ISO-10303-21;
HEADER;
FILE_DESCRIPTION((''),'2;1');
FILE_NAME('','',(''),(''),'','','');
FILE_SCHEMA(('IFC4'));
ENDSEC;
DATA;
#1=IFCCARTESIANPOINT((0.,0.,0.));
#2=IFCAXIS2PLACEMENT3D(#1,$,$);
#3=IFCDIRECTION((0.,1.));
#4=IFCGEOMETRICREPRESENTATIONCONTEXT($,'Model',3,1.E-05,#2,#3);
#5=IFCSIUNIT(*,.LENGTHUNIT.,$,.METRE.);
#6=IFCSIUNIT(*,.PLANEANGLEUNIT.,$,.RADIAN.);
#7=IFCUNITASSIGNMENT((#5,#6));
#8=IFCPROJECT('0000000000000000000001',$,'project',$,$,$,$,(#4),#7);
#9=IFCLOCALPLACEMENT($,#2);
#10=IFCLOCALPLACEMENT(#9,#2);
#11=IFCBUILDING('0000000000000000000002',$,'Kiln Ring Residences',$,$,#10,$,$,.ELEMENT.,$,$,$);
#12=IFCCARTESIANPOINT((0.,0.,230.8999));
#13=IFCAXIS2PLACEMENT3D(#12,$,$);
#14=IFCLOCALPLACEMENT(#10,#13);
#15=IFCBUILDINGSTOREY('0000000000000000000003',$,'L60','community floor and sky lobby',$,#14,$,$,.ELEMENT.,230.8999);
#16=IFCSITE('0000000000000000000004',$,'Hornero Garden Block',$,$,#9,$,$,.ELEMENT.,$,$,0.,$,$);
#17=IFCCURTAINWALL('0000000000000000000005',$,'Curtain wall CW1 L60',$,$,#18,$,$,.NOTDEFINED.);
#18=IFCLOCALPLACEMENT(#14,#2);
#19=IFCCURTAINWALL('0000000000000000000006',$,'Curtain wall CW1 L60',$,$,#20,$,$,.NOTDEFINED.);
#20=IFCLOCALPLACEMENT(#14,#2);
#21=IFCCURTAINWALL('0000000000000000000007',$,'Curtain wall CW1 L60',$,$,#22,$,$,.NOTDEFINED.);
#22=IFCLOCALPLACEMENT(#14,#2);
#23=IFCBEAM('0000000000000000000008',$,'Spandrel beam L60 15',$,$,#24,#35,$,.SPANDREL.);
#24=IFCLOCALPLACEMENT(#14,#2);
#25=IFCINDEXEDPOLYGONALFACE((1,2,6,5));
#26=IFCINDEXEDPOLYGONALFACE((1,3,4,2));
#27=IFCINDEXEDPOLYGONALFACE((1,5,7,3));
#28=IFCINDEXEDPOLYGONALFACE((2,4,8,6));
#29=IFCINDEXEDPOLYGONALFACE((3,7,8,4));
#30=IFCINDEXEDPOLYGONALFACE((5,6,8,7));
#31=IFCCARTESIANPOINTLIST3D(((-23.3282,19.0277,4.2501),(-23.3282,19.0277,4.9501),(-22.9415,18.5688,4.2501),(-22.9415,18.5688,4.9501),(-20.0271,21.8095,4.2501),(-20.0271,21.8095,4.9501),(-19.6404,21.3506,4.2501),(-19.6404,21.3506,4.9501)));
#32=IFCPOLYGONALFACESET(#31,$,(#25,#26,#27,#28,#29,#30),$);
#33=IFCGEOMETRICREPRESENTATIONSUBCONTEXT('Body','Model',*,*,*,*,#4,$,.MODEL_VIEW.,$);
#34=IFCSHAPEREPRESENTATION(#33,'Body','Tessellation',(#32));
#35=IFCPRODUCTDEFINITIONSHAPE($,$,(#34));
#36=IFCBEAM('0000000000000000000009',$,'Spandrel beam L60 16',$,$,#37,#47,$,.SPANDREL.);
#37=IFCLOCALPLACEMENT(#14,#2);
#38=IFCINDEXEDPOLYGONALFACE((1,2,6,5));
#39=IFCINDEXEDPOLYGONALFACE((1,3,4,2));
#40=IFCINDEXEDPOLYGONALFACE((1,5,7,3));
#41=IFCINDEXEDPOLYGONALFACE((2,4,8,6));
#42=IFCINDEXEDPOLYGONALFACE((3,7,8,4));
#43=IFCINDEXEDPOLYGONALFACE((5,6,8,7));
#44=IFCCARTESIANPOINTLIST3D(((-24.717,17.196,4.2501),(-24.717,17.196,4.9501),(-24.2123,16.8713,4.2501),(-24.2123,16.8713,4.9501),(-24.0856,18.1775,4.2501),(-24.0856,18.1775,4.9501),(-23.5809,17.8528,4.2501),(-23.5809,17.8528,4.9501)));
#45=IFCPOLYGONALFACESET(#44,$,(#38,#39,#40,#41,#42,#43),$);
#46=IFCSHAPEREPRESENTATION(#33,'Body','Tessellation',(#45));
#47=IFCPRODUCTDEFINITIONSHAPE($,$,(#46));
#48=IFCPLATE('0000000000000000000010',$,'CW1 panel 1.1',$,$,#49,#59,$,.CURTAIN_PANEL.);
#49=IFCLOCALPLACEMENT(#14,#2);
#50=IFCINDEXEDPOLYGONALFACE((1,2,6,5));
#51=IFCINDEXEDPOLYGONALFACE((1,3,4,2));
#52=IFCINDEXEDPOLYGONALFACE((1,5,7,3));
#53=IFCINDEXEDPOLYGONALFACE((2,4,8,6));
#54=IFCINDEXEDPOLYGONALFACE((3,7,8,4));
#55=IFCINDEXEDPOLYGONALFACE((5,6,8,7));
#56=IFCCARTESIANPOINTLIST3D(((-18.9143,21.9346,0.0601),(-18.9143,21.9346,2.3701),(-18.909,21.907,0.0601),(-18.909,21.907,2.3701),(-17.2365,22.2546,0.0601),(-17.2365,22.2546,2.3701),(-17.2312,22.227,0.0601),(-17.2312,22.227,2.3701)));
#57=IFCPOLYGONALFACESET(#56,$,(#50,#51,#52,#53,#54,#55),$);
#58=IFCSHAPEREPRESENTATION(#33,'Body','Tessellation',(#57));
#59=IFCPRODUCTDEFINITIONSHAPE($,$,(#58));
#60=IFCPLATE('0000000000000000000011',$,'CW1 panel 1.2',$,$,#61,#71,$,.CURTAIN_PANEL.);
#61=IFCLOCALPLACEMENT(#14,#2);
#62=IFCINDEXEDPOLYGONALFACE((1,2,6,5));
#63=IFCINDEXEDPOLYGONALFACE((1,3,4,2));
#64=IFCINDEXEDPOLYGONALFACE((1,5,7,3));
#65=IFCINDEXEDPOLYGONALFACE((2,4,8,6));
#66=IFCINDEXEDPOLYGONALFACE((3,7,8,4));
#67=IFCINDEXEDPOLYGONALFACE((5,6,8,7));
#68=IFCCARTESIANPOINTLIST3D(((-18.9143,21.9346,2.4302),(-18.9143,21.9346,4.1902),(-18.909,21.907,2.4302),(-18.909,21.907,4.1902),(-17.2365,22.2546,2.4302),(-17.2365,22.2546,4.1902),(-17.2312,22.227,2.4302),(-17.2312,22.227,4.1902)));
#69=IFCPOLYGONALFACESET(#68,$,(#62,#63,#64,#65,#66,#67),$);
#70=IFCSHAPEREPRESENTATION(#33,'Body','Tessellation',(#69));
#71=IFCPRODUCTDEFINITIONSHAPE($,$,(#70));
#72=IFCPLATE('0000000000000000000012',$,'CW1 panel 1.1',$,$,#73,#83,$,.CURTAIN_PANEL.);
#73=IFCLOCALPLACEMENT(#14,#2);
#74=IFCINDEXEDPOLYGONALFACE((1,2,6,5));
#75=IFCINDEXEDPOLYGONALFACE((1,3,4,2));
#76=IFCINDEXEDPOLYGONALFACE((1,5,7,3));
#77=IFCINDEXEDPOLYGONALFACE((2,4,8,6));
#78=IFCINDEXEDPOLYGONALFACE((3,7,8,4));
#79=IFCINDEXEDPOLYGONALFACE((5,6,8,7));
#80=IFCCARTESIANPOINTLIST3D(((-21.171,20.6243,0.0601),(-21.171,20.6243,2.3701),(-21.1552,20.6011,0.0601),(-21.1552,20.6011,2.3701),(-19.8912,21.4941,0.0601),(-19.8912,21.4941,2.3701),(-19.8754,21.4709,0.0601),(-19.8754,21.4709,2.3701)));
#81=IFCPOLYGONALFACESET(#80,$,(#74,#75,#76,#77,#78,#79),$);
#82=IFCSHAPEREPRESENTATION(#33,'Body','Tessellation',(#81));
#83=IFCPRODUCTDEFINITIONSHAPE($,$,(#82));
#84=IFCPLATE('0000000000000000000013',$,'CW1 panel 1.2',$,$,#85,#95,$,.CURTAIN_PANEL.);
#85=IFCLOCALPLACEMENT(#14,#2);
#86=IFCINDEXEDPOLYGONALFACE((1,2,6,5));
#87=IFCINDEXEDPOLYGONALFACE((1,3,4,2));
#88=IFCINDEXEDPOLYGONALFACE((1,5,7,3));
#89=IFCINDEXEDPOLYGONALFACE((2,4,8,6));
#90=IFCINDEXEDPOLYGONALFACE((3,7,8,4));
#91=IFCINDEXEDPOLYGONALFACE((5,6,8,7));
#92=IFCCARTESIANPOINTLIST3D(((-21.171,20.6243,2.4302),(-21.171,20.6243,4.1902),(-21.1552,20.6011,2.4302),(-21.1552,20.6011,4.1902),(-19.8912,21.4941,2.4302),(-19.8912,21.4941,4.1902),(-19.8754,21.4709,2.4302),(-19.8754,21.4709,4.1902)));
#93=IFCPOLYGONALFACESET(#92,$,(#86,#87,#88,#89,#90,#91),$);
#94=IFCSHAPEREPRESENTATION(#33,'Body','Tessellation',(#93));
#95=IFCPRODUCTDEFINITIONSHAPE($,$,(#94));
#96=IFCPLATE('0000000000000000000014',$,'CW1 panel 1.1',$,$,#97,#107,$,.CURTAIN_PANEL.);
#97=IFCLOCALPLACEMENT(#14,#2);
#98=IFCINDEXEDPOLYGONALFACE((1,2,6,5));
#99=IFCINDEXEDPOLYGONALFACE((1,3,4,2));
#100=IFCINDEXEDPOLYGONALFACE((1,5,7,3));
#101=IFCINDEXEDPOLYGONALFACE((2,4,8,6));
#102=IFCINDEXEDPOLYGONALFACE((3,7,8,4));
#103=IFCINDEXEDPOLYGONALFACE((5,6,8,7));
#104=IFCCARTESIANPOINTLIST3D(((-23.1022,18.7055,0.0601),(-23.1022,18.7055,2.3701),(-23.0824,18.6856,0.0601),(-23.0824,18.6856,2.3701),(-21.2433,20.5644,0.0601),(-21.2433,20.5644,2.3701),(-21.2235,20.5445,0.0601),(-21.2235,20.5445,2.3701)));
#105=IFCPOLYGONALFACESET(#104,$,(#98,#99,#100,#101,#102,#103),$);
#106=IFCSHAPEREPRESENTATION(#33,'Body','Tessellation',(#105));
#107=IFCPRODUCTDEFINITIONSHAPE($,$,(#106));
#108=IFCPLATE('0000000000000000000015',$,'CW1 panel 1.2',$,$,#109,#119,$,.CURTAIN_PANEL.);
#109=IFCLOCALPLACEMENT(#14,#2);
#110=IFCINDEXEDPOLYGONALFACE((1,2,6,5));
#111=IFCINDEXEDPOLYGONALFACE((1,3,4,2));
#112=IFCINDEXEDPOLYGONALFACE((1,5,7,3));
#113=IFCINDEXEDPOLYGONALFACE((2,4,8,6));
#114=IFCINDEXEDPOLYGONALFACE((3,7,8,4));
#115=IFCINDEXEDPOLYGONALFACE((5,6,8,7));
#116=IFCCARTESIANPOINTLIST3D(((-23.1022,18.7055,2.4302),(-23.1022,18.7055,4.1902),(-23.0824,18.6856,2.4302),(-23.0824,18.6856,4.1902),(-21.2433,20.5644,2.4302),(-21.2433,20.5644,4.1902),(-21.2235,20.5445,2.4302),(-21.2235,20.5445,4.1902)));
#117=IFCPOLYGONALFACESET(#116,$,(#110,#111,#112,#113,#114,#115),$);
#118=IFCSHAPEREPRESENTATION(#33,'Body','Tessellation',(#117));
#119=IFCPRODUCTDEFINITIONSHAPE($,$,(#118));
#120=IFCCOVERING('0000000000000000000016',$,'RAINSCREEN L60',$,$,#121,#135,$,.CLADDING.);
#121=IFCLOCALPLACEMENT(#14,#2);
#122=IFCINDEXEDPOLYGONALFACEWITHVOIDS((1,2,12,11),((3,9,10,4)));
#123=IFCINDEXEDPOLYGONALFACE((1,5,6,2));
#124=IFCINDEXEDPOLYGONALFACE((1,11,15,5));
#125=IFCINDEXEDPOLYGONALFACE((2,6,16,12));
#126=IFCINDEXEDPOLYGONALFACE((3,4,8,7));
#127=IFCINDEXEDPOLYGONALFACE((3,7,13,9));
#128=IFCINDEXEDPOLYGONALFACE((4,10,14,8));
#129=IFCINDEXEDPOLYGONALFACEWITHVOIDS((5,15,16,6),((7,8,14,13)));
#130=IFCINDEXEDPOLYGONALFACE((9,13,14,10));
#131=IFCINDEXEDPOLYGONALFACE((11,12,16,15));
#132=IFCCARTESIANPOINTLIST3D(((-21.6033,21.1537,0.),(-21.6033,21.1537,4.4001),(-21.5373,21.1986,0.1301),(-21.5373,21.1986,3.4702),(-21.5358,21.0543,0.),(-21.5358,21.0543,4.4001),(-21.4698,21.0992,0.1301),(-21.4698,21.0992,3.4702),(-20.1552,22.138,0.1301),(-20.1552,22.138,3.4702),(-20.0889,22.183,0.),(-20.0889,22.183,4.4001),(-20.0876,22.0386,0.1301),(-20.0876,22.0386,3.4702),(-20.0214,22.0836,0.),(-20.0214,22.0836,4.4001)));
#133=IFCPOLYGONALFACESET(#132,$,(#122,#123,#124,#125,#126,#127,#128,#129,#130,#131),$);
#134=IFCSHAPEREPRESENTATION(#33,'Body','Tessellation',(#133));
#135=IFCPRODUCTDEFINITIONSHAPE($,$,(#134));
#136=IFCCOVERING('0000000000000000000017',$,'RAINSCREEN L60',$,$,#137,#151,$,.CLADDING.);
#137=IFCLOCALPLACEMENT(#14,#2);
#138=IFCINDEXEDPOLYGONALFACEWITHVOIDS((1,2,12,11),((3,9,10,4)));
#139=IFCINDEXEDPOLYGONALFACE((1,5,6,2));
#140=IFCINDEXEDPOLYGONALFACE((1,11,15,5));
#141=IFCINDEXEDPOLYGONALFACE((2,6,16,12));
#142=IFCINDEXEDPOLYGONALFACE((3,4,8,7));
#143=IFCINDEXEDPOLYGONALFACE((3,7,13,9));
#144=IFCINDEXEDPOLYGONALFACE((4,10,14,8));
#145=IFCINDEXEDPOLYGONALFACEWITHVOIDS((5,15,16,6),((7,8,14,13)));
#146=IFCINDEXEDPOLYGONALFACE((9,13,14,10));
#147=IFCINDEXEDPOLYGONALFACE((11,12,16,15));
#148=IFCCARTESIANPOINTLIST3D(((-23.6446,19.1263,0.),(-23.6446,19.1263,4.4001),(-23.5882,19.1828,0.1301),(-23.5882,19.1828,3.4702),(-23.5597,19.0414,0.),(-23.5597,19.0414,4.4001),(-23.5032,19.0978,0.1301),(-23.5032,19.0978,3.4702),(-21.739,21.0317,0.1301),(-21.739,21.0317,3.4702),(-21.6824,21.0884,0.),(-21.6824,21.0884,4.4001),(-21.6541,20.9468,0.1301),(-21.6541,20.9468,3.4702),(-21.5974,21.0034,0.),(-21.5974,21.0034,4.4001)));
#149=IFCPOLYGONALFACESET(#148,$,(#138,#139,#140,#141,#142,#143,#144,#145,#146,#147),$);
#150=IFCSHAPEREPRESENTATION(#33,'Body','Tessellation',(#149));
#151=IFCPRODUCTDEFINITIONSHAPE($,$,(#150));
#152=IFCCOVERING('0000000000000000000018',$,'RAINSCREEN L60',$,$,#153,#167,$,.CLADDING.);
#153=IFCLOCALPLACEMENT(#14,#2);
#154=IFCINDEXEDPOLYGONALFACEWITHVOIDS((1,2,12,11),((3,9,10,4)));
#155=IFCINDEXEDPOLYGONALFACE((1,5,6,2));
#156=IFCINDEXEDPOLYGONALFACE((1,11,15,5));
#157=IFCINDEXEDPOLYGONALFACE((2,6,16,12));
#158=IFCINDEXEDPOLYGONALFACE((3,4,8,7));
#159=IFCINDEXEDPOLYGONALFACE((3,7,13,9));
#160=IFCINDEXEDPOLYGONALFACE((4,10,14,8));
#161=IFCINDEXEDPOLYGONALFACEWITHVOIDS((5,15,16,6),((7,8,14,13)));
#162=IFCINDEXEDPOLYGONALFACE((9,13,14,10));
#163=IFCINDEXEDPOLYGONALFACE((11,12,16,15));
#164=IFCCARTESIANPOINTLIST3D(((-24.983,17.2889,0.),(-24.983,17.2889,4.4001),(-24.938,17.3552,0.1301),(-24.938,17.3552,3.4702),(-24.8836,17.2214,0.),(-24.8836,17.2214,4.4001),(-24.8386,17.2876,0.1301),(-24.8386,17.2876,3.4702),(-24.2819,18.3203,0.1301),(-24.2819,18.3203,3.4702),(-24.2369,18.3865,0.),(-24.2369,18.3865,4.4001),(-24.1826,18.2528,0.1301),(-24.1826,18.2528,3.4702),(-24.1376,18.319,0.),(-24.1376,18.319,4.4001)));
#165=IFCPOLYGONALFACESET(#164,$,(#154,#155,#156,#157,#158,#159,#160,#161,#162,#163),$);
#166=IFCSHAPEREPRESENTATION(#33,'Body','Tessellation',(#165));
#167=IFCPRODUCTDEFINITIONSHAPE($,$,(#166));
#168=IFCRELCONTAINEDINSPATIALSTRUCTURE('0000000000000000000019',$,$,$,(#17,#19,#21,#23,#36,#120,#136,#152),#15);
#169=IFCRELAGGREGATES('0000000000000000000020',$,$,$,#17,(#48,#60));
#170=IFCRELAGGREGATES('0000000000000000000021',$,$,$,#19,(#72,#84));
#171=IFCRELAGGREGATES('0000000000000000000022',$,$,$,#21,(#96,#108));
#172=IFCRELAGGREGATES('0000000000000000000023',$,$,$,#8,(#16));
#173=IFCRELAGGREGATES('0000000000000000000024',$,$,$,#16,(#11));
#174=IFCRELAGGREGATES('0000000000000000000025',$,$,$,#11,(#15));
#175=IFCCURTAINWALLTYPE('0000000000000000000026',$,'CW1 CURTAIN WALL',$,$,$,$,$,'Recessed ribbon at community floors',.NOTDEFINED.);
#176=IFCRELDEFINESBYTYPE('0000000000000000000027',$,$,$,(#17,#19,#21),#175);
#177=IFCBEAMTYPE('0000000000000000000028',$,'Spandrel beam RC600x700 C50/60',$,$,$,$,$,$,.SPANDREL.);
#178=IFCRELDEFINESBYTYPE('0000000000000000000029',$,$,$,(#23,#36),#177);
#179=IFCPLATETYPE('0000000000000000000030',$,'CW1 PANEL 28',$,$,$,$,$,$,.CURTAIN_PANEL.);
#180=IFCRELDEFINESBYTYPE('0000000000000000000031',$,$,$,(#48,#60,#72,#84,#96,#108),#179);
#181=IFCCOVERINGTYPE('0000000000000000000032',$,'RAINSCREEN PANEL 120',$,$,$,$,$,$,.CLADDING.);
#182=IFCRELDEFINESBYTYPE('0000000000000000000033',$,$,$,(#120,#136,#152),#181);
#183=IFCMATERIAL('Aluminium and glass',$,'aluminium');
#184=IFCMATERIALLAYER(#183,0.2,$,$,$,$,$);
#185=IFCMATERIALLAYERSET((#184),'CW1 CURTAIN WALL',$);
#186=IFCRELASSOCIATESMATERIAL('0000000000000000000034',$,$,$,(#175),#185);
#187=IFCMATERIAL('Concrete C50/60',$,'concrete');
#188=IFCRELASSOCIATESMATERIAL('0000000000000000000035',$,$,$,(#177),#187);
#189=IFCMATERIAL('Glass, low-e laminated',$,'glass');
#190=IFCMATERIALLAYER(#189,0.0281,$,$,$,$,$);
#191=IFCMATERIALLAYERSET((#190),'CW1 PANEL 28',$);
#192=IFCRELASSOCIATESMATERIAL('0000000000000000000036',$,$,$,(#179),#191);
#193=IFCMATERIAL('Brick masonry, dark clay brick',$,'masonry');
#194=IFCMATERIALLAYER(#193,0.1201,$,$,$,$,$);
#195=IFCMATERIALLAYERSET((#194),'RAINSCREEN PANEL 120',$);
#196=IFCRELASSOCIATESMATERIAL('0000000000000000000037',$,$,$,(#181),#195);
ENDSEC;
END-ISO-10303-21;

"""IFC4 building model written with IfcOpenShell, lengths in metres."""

from ifc_helpers import new_model, si_unit, direction, frame, origin, origin_2d, place, context, subcontext, project, spatial, polyline, rectangle, outline, extrude, material, layer, layer_set, material_profile, profile_set, type_object, element, aggregate, save


model = new_model("IFC4")

# Units and contexts
model_context = context("Model", 3, precision=1e-05, world=origin(), true_north=direction((0.0, 1.0)))
body_context = subcontext(model_context, "Body", "Model", "MODEL_VIEW")
ifc_project = project(units=[si_unit("LENGTHUNIT", "METRE"), si_unit("PLANEANGLEUNIT", "RADIAN")], contexts=[model_context])

# Site, building, storey
site_placement = place(None, origin())
site = spatial("IfcSite", under=ifc_project, at=site_placement, Name="Hornero Garden Block", CompositionType="ELEMENT", RefElevation=0.0)
building_placement = place(site_placement, origin())
building = spatial("IfcBuilding", under=site, at=building_placement, Name="Kiln Ring Residences", CompositionType="ELEMENT")
storey_placement = place(building_placement, frame((0.0, 0.0, 230.8999)))
storey = spatial("IfcBuildingStorey", under=building, at=storey_placement, Name="L60", Description="community floor and sky lobby", CompositionType="ELEMENT", Elevation=230.8999)

# Curtain wall
ifc_material_1 = material(Name="Aluminium and glass", Category="aluminium")
ifc_layer_1 = layer(ifc_material_1, 0.2)
ifc_layer_set_1 = layer_set([ifc_layer_1], Name="CW1 CURTAIN WALL")
curtain_wall_type = type_object("IfcCurtainWallType", Name="CW1 CURTAIN WALL", ElementType="Recessed ribbon at community floors", PredefinedType="NOTDEFINED", material=ifc_layer_set_1)
placement = place(storey_placement, origin())
curtain_wall_1 = element("IfcCurtainWall", 1, at=placement, inside=storey, type_object=curtain_wall_type, Name="Curtain wall CW1 L60", PredefinedType="NOTDEFINED")

# Curtain walls
curtain_wall_2 = element("IfcCurtainWall", 2, at=placement, inside=storey, type_object=curtain_wall_type, Name="Curtain wall CW1 L60", PredefinedType="NOTDEFINED")
curtain_wall_3 = element("IfcCurtainWall", 3, at=placement, inside=storey, type_object=curtain_wall_type, Name="Curtain wall CW1 L60", PredefinedType="NOTDEFINED")

# Beams
ifc_material_2 = material(Name="Concrete C50/60", Category="concrete")
ifc_material_profile_1 = material_profile(ifc_material_2, rectangle(XDim=0.6001, YDim=0.7, at=origin_2d()), Name="RC600x700")
ifc_profile_set_1 = profile_set([ifc_material_profile_1], Name="Concrete C50/60")
beam_type = type_object("IfcBeamType", Name="Spandrel beam RC600x700 C50/60", PredefinedType="SPANDREL", material=ifc_profile_set_1)
beam_1_placement = place(storey_placement, frame((-19.8337, 21.5801, 4.6001), z_axis=(-0.764691, -0.644397, 0.0), x_axis=(0.644397, -0.764691, 0.0)))
element("IfcBeam", 4, at=beam_1_placement, inside=storey, type_object=beam_type, Name="Spandrel beam L60 15", PredefinedType="SPANDREL", context=body_context, shape_type="SweptSolid", body=[
    extrude(rectangle(XDim=0.6001, YDim=0.7, at=origin_2d()), origin(), (0.0, 0.0, 1.0), 4.3169),
])
beam_2_placement = place(storey_placement, frame((-23.8333, 18.0151, 4.6001), z_axis=(-0.541011, -0.841015, 0.0), x_axis=(0.841015, -0.541011, 0.0)))
element("IfcBeam", 5, at=beam_2_placement, inside=storey, type_object=beam_type, Name="Spandrel beam L60 16", PredefinedType="SPANDREL", context=body_context, shape_type="SweptSolid", body=[
    extrude(rectangle(XDim=0.6001, YDim=0.7, at=origin_2d()), origin(), (0.0, 0.0, 1.0), 1.167),
])

# Plates
ifc_material_3 = material(Name="Glass, low-e laminated", Category="glass")
ifc_layer_2 = layer(ifc_material_3, 0.0281)
ifc_layer_set_2 = layer_set([ifc_layer_2], Name="CW1 PANEL 28")
plate_type = type_object("IfcPlateType", Name="CW1 PANEL 28", PredefinedType="CURTAIN_PANEL", material=ifc_layer_set_2)
plate_1_placement = place(storey_placement, frame((-18.0728, 22.0808, 0.0601), z_axis=(0.0, 0.0, 1.0), x_axis=(-0.98229, -0.187366, 0.0)))
plate_1 = element("IfcPlate", 6, at=plate_1_placement, type_object=plate_type, Name="CW1 panel 1.1", PredefinedType="CURTAIN_PANEL", context=body_context, shape_type="SweptSolid", body=[
    extrude(rectangle(XDim=1.708, YDim=0.0281, at=origin_2d()), origin(), (0.0, 0.0, 1.0), 2.3101),
])
plate_2_placement = place(storey_placement, frame((-18.0728, 22.0808, 2.4302), z_axis=(0.0, 0.0, 1.0), x_axis=(-0.98229, -0.187366, 0.0)))
plate_2 = element("IfcPlate", 7, at=plate_2_placement, type_object=plate_type, Name="CW1 panel 1.2", PredefinedType="CURTAIN_PANEL", context=body_context, shape_type="SweptSolid", body=[
    extrude(rectangle(XDim=1.708, YDim=0.0281, at=origin_2d()), origin(), (0.0, 0.0, 1.0), 1.76),
])
aggregate(curtain_wall_1, [plate_1, plate_2])
plate_3_placement = place(storey_placement, frame((-20.5232, 21.0476, 0.0601), z_axis=(0.0, 0.0, 1.0), x_axis=(-0.827072, -0.562097, 0.0)))
plate_3 = element("IfcPlate", 8, at=plate_3_placement, type_object=plate_type, Name="CW1 panel 1.1", PredefinedType="CURTAIN_PANEL", context=body_context, shape_type="SweptSolid", body=[
    extrude(rectangle(XDim=1.5474, YDim=0.0281, at=origin_2d()), origin(), (0.0, 0.0, 1.0), 2.3101),
])
plate_4_placement = place(storey_placement, frame((-20.5232, 21.0476, 2.4302), z_axis=(0.0, 0.0, 1.0), x_axis=(-0.827072, -0.562097, 0.0)))
plate_4 = element("IfcPlate", 9, at=plate_4_placement, type_object=plate_type, Name="CW1 panel 1.2", PredefinedType="CURTAIN_PANEL", context=body_context, shape_type="SweptSolid", body=[
    extrude(rectangle(XDim=1.5474, YDim=0.0281, at=origin_2d()), origin(), (0.0, 0.0, 1.0), 1.76),
])
aggregate(curtain_wall_2, [plate_3, plate_4])
plate_5_placement = place(storey_placement, frame((-22.1628, 19.625, 0.0601), z_axis=(0.0, 0.0, 1.0), x_axis=(-0.707107, -0.707107, 0.0)))
plate_5 = element("IfcPlate", 10, at=plate_5_placement, type_object=plate_type, Name="CW1 panel 1.1", PredefinedType="CURTAIN_PANEL", context=body_context, shape_type="SweptSolid", body=[
    extrude(rectangle(XDim=2.6289, YDim=0.0281, at=origin_2d()), origin(), (0.0, 0.0, 1.0), 2.3101),
])
plate_6_placement = place(storey_placement, frame((-22.1628, 19.625, 2.4302), z_axis=(0.0, 0.0, 1.0), x_axis=(-0.707107, -0.707107, 0.0)))
plate_6 = element("IfcPlate", 11, at=plate_6_placement, type_object=plate_type, Name="CW1 panel 1.2", PredefinedType="CURTAIN_PANEL", context=body_context, shape_type="SweptSolid", body=[
    extrude(rectangle(XDim=2.6289, YDim=0.0281, at=origin_2d()), origin(), (0.0, 0.0, 1.0), 1.76),
])
aggregate(curtain_wall_3, [plate_5, plate_6])

# Coverings
ifc_material_4 = material(Name="Brick masonry, dark clay brick", Category="masonry")
ifc_layer_3 = layer(ifc_material_4, 0.1201)
ifc_layer_set_3 = layer_set([ifc_layer_3], Name="RAINSCREEN PANEL 120")
covering_type = type_object("IfcCoveringType", Name="RAINSCREEN PANEL 120", PredefinedType="CLADDING", material=ifc_layer_set_3)
covering_1_placement = place(storey_placement, frame((-20.0552, 22.1333, 0.0), z_axis=(0.0, 0.0, 1.0), x_axis=(-0.827053, -0.562124, 0.0)))
element("IfcCovering", 12, at=covering_1_placement, inside=storey, type_object=covering_type, Name="RAINSCREEN L60", PredefinedType="CLADDING", context=body_context, shape_type="SweptSolid", body=[
    extrude(outline(polyline([(0.0, 0.0), (1.8311, 0.0), (1.8311, 4.4001), (0.0, 4.4001), (0.0, 0.0)]), holes=[polyline([(0.0801, 3.4702), (0.0801, 0.1301), (1.7512, 0.1301), (1.7512, 3.4702), (0.0801, 3.4702)])]), frame((0.0, 0.0601, 0.0), z_axis=(0.0, -1.0, 0.0), x_axis=(1.0, 0.0, 0.0)), (0.0, 0.0, 1.0), 0.1201),
])
covering_2_placement = place(storey_placement, frame((-21.6399, 21.0459, 0.0), z_axis=(0.0, 0.0, 1.0), x_axis=(-0.707151, -0.707063, 0.0)))
element("IfcCovering", 13, at=covering_2_placement, inside=storey, type_object=covering_type, Name="RAINSCREEN L60", PredefinedType="CLADDING", context=body_context, shape_type="SweptSolid", body=[
    extrude(outline(polyline([(0.0, 0.0), (2.7749, 0.0), (2.7749, 4.4001), (0.0, 4.4001), (0.0, 0.0)]), holes=[polyline([(0.0801, 3.4702), (0.0801, 0.1301), (2.6951, 0.1301), (2.6951, 3.4702), (0.0801, 3.4702)])]), frame((0.0, 0.0601, 0.0), z_axis=(0.0, -1.0, 0.0), x_axis=(1.0, 0.0, 0.0)), (0.0, 0.0, 1.0), 0.1201),
])
covering_3_placement = place(storey_placement, frame((-24.1873, 18.3528, 0.0), z_axis=(0.0, 0.0, 1.0), x_axis=(-0.562149, -0.827036, 0.0)))
element("IfcCovering", 14, at=covering_3_placement, inside=storey, type_object=covering_type, Name="RAINSCREEN L60", PredefinedType="CLADDING", context=body_context, shape_type="SweptSolid", body=[
    extrude(outline(polyline([(0.0, 0.0), (1.3271, 0.0), (1.3271, 4.4001), (0.0, 4.4001), (0.0, 0.0)]), holes=[polyline([(0.0801, 3.4702), (0.0801, 0.1301), (1.2471, 0.1301), (1.2471, 3.4702), (0.0801, 3.4702)])]), frame((0.0, 0.0601, 0.0), z_axis=(0.0, -1.0, 0.0), x_axis=(1.0, 0.0, 0.0)), (0.0, 0.0, 1.0), 0.1201),
])

save(model, "model.ifc")
